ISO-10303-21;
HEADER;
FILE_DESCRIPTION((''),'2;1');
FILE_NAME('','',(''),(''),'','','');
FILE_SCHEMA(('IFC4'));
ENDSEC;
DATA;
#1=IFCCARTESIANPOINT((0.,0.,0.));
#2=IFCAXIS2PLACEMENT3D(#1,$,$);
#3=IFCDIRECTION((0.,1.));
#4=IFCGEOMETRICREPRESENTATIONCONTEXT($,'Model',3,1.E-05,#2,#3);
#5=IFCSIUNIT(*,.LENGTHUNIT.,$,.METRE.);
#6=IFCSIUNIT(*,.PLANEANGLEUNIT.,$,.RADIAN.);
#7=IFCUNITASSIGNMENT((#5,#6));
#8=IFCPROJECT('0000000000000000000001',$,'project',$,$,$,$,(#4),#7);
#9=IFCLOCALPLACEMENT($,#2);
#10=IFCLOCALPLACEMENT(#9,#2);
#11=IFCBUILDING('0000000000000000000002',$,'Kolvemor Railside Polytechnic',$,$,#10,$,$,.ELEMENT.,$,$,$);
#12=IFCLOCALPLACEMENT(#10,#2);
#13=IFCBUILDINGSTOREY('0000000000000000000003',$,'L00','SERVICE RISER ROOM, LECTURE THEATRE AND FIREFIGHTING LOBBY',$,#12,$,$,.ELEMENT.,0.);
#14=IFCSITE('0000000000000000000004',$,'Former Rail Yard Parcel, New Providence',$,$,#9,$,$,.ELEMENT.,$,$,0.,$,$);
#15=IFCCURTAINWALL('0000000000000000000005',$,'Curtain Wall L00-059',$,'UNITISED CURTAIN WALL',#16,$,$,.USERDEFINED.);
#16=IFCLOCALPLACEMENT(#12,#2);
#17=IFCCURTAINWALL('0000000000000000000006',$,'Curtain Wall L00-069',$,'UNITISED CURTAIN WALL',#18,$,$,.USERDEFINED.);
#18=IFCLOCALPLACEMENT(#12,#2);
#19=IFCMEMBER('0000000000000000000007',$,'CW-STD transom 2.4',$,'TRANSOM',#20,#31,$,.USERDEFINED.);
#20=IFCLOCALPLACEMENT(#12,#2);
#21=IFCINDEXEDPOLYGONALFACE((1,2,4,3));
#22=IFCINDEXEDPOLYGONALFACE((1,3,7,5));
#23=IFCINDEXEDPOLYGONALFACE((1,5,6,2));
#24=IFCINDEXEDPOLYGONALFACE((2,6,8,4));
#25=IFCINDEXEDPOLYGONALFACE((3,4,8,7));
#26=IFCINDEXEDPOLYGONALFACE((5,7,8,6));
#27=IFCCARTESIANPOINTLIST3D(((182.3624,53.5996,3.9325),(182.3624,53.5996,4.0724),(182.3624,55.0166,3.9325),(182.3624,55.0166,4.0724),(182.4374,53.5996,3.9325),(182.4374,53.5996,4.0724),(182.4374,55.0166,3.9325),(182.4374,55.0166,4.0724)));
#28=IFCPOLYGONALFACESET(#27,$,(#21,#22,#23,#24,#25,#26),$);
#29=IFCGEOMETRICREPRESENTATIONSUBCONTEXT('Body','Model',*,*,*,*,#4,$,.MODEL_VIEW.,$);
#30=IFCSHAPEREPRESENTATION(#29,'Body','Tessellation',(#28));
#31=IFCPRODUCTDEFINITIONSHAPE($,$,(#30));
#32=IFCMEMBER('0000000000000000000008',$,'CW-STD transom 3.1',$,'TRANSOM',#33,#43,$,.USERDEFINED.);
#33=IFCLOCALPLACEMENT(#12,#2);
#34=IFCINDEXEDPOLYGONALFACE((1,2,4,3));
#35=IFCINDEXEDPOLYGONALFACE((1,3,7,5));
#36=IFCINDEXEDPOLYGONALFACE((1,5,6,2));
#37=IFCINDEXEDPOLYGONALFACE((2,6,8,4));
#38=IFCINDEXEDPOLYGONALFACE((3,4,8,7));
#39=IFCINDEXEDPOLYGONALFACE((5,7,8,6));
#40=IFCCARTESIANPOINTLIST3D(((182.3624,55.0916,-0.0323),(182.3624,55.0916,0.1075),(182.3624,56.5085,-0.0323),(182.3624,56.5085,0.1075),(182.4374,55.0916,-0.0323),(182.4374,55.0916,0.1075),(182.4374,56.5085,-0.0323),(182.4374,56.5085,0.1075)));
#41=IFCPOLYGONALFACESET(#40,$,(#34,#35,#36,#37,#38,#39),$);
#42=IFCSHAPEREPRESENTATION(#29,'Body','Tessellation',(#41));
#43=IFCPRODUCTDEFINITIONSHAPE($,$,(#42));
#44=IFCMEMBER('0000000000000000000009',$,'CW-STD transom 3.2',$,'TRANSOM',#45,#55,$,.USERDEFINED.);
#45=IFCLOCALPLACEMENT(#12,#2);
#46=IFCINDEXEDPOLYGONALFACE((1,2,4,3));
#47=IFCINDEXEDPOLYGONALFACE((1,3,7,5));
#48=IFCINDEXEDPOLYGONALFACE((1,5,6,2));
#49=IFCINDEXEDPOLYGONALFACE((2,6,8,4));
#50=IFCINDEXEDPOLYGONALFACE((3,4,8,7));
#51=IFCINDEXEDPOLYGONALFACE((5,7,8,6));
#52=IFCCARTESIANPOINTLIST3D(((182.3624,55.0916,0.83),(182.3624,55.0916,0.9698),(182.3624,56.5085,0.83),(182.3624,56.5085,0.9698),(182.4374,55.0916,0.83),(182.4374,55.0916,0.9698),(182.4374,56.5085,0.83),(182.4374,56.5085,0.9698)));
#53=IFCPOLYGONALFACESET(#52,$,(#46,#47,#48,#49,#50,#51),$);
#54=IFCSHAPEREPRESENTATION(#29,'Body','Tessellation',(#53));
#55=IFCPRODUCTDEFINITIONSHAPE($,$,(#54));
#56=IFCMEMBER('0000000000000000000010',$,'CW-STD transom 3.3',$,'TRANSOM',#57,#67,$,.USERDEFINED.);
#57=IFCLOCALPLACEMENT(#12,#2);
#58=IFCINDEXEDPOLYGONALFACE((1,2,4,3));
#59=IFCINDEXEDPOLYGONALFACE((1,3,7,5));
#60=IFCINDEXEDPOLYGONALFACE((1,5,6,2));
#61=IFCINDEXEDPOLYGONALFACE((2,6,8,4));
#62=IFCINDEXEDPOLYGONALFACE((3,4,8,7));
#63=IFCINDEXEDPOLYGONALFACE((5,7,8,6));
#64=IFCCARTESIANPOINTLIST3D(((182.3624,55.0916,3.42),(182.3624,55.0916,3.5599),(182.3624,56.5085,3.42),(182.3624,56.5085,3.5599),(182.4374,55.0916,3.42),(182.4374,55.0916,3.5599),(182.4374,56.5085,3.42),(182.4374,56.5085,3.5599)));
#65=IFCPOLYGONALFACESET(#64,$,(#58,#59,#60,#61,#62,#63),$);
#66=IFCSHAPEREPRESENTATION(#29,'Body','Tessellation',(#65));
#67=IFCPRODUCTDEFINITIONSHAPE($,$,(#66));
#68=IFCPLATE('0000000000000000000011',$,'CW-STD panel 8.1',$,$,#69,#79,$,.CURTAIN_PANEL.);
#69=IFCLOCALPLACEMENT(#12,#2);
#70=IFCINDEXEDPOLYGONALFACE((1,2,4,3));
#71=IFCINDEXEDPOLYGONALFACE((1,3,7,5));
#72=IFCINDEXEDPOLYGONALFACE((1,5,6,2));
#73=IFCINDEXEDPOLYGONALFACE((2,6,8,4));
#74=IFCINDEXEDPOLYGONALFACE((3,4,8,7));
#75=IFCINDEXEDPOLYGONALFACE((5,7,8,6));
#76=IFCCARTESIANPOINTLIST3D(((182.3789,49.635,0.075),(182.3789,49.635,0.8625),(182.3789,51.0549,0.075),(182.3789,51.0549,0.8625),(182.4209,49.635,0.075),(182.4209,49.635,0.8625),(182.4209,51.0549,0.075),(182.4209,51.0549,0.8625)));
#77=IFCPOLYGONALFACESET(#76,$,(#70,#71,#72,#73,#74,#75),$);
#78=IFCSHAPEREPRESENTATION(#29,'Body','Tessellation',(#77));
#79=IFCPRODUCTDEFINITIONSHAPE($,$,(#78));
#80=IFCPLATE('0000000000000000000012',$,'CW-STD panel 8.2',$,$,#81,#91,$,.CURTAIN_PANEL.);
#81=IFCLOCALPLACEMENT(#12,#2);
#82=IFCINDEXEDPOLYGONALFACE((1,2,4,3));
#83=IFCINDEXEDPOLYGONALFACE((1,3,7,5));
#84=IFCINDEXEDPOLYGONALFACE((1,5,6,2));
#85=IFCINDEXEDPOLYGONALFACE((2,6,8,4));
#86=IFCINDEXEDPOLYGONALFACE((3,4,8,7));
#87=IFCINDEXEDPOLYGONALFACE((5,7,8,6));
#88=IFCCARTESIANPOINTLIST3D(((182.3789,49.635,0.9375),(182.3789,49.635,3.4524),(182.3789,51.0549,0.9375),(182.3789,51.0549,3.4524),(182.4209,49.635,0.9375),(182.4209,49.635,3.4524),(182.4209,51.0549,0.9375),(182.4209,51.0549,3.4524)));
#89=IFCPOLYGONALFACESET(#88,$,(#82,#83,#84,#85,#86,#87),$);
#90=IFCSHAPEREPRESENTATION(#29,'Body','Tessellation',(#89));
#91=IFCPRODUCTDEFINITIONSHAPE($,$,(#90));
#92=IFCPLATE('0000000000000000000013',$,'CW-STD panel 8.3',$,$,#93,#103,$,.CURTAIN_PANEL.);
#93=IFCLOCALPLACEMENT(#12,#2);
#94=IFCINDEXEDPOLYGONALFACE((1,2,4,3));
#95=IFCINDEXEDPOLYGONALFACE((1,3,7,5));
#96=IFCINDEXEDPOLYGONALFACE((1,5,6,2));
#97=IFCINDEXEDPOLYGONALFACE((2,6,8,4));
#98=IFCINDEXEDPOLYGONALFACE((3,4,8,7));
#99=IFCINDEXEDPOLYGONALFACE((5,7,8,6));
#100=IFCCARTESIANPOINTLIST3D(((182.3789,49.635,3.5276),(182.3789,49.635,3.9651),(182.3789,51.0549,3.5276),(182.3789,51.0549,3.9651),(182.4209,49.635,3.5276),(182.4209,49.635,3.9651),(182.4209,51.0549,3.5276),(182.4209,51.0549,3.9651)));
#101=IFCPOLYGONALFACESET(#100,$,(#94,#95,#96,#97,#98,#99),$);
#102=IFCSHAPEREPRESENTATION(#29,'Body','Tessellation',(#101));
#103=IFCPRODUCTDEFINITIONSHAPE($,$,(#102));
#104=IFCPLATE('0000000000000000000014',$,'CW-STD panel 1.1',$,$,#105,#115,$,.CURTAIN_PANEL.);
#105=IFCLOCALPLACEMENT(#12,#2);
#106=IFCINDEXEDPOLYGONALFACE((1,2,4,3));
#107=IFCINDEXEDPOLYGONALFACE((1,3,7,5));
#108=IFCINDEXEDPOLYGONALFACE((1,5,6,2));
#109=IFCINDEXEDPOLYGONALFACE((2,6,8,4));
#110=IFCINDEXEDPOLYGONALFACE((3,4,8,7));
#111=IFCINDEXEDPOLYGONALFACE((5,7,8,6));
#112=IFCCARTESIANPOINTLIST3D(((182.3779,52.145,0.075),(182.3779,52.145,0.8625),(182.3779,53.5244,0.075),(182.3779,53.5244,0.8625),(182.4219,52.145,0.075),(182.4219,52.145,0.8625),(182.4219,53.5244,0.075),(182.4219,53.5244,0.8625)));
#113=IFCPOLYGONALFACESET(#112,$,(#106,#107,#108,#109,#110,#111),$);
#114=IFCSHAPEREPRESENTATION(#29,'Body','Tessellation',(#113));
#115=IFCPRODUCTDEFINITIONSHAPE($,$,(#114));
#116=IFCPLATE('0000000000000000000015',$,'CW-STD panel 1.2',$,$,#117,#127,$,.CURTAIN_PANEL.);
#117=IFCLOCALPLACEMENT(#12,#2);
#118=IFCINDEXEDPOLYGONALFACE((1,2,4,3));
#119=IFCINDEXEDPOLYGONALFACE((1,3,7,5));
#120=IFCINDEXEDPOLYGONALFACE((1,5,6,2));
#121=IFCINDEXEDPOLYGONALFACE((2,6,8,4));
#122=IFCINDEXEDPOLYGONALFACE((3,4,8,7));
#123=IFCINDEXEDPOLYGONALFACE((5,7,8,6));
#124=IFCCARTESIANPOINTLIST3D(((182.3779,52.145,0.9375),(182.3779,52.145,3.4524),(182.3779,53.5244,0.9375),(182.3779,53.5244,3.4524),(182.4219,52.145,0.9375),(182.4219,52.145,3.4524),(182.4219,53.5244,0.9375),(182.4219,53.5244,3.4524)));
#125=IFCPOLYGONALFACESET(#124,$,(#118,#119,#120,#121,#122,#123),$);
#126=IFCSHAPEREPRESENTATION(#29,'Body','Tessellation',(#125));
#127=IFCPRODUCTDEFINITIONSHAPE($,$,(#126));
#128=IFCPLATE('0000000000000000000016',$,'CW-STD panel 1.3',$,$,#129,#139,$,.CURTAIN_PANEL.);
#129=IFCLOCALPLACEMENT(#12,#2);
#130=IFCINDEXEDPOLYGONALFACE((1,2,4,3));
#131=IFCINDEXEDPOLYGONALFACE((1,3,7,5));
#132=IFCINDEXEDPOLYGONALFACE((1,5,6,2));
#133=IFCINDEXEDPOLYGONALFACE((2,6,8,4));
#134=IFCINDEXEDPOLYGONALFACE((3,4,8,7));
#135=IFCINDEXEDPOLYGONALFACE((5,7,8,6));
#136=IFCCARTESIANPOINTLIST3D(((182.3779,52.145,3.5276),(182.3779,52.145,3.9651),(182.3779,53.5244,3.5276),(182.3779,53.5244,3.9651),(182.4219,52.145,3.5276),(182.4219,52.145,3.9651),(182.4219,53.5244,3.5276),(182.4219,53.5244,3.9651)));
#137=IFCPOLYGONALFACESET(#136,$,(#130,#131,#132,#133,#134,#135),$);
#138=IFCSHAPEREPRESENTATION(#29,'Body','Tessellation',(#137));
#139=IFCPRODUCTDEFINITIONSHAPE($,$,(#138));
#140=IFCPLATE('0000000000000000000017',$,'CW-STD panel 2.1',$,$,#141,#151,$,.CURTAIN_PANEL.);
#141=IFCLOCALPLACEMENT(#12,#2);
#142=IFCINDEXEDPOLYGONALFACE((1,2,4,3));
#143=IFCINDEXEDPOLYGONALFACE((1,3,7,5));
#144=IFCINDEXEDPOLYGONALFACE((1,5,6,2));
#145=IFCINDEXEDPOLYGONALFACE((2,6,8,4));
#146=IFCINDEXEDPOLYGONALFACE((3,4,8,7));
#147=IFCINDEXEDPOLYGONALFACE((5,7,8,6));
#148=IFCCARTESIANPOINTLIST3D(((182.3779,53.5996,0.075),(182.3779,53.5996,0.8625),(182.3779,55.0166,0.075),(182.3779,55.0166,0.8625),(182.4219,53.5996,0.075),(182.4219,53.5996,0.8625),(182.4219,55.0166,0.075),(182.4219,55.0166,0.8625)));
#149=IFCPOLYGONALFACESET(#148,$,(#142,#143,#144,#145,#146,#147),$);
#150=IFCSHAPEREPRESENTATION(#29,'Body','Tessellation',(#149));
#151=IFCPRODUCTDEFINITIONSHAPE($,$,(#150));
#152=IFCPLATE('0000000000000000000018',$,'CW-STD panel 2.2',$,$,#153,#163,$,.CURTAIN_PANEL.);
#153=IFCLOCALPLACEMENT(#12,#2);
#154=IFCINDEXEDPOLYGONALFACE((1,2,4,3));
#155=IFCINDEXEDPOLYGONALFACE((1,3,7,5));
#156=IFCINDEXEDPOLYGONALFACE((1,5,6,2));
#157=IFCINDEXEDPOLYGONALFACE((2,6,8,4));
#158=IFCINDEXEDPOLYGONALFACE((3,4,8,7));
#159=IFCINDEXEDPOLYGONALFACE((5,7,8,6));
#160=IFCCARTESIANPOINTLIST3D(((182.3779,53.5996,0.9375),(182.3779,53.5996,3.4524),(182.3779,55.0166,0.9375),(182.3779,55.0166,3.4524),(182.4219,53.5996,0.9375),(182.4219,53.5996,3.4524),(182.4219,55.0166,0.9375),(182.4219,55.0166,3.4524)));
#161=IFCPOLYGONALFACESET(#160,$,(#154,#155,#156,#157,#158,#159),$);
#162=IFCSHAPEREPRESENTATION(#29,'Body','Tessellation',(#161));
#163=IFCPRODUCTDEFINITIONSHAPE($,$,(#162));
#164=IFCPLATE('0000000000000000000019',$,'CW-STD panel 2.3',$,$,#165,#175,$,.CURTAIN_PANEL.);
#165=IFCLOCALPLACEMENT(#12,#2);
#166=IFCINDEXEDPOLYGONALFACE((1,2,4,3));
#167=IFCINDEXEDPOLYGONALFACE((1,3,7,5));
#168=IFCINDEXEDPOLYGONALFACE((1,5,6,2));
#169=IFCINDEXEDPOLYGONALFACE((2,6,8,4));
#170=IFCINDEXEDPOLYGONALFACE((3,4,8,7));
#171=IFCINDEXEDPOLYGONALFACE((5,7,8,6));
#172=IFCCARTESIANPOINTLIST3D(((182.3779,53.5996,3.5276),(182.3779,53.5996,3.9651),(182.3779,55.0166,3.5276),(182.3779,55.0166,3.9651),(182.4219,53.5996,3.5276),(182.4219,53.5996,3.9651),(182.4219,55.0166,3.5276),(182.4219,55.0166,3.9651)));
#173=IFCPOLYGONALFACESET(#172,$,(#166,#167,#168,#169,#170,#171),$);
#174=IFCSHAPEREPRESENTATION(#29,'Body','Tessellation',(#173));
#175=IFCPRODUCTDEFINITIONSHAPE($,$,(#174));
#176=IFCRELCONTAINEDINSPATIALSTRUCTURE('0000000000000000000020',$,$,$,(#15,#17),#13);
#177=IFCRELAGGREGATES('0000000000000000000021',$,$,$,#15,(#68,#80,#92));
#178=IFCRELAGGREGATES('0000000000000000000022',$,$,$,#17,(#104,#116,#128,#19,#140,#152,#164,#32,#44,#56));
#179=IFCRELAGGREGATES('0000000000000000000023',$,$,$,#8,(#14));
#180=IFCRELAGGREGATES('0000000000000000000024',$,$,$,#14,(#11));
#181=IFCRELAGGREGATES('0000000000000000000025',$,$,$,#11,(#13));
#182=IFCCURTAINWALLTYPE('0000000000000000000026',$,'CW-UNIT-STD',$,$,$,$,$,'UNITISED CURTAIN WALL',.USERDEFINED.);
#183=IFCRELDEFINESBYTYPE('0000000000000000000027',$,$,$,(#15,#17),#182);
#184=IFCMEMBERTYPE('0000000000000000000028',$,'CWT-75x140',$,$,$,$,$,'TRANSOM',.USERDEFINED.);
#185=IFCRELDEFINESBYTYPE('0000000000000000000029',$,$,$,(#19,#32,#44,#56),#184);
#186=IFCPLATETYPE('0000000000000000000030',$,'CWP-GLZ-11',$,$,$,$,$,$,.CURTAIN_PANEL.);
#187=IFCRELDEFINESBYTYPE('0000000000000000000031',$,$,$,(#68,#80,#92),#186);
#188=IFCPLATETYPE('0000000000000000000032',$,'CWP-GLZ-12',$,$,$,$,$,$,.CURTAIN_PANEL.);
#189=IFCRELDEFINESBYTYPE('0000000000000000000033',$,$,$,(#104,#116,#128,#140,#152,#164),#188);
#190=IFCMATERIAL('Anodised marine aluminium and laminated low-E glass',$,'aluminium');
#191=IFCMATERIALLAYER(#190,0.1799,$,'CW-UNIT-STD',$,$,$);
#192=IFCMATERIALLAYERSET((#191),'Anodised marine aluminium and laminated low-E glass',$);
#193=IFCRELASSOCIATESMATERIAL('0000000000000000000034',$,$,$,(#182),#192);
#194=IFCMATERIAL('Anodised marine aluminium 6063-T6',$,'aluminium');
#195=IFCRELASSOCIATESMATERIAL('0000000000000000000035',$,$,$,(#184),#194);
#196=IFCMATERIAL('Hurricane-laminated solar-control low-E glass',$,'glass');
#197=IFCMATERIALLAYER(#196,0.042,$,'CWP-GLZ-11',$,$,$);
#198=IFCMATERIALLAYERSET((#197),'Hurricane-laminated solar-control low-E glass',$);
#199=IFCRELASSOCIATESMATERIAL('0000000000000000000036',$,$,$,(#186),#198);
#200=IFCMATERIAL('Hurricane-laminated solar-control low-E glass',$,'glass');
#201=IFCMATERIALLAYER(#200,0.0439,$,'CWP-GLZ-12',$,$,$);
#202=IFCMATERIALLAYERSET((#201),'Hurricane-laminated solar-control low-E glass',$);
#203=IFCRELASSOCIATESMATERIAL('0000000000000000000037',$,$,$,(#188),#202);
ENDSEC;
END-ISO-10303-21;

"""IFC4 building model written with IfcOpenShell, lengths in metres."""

from ifc_helpers import new_model, si_unit, direction, frame, origin, origin_2d, place, context, subcontext, project, spatial, rectangle, extrude, material, layer, layer_set, material_profile, profile_set, type_object, element, aggregate, save


model = new_model("IFC4")

# Units and contexts
model_context = context("Model", 3, precision=1e-05, world=origin(), true_north=direction((0.0, 1.0)))
body_context = subcontext(model_context, "Body", "Model", "MODEL_VIEW")
ifc_project = project(units=[si_unit("LENGTHUNIT", "METRE"), si_unit("PLANEANGLEUNIT", "RADIAN")], contexts=[model_context])

# Site, building, storey
site_placement = place(None, origin())
site = spatial("IfcSite", under=ifc_project, at=site_placement, Name="Former Rail Yard Parcel, New Providence", CompositionType="ELEMENT", RefElevation=0.0)
building_placement = place(site_placement, origin())
building = spatial("IfcBuilding", under=site, at=building_placement, Name="Kolvemor Railside Polytechnic", CompositionType="ELEMENT")
storey_placement = place(building_placement, origin())
storey = spatial("IfcBuildingStorey", under=building, at=storey_placement, Name="L00", Description="SERVICE RISER ROOM, LECTURE THEATRE AND FIREFIGHTING LOBBY", CompositionType="ELEMENT", Elevation=0.0)

# Curtain wall
ifc_material_1 = material(Name="Anodised marine aluminium and laminated low-E glass", Category="aluminium")
ifc_layer_1 = layer(ifc_material_1, 0.1799, Name="CW-UNIT-STD")
ifc_layer_set_1 = layer_set([ifc_layer_1], Name="Anodised marine aluminium and laminated low-E glass")
curtain_wall_type = type_object("IfcCurtainWallType", Name="CW-UNIT-STD", ElementType="UNITISED CURTAIN WALL", PredefinedType="USERDEFINED", material=ifc_layer_set_1)
curtain_wall_1_placement = place(storey_placement, origin())
curtain_wall_1 = element("IfcCurtainWall", 1, at=curtain_wall_1_placement, inside=storey, type_object=curtain_wall_type, Name="Curtain Wall L00-059", ObjectType="UNITISED CURTAIN WALL", PredefinedType="USERDEFINED")

# Curtain wall
curtain_wall_2_placement = place(storey_placement, origin())
curtain_wall_2 = element("IfcCurtainWall", 2, at=curtain_wall_2_placement, inside=storey, type_object=curtain_wall_type, Name="Curtain Wall L00-069", ObjectType="UNITISED CURTAIN WALL", PredefinedType="USERDEFINED")

# Members
ifc_material_2 = material(Name="Anodised marine aluminium 6063-T6", Category="aluminium")
ifc_material_profile_1 = material_profile(ifc_material_2, rectangle(XDim=0.075, YDim=0.1399, at=origin_2d()), Name="CW-TRN-75x140")
ifc_profile_set_1 = profile_set([ifc_material_profile_1], Name="Anodised marine aluminium 6063-T6")
member_type_1 = type_object("IfcMemberType", Name="CWT-75x140", ElementType="TRANSOM", PredefinedType="USERDEFINED", material=ifc_profile_set_1)
member_1_placement = place(storey_placement, frame((182.3999, 53.5996, 4.0024), z_axis=(0.0, 1.0, 0.0), x_axis=(-1.0, 0.0, 0.0)))
member_1 = element("IfcMember", 3, at=member_1_placement, type_object=member_type_1, Name="CW-STD transom 2.4", ObjectType="TRANSOM", PredefinedType="USERDEFINED", context=body_context, shape_type="SweptSolid", body=[
    extrude(rectangle(XDim=0.075, YDim=0.1399, at=origin_2d()), origin(), (0.0, 0.0, 1.0), 1.417),
])
member_2_placement = place(storey_placement, frame((182.3999, 55.0916, 0.0376), z_axis=(0.0, 1.0, 0.0), x_axis=(-1.0, 0.0, 0.0)))
member_2 = element("IfcMember", 4, at=member_2_placement, type_object=member_type_1, Name="CW-STD transom 3.1", ObjectType="TRANSOM", PredefinedType="USERDEFINED", context=body_context, shape_type="SweptSolid", body=[
    extrude(rectangle(XDim=0.075, YDim=0.1399, at=origin_2d()), origin(), (0.0, 0.0, 1.0), 1.417),
])
member_3_placement = place(storey_placement, frame((182.3999, 55.0916, 0.8999), z_axis=(0.0, 1.0, 0.0), x_axis=(-1.0, 0.0, 0.0)))
member_3 = element("IfcMember", 5, at=member_3_placement, type_object=member_type_1, Name="CW-STD transom 3.2", ObjectType="TRANSOM", PredefinedType="USERDEFINED", context=body_context, shape_type="SweptSolid", body=[
    extrude(rectangle(XDim=0.075, YDim=0.1399, at=origin_2d()), origin(), (0.0, 0.0, 1.0), 1.417),
])
member_4_placement = place(storey_placement, frame((182.3999, 55.0916, 3.49), z_axis=(0.0, 1.0, 0.0), x_axis=(-1.0, 0.0, 0.0)))
member_4 = element("IfcMember", 6, at=member_4_placement, type_object=member_type_1, Name="CW-STD transom 3.3", ObjectType="TRANSOM", PredefinedType="USERDEFINED", context=body_context, shape_type="SweptSolid", body=[
    extrude(rectangle(XDim=0.075, YDim=0.1399, at=origin_2d()), origin(), (0.0, 0.0, 1.0), 1.417),
])

# Plates
ifc_material_3 = material(Name="Hurricane-laminated solar-control low-E glass", Category="glass")
ifc_layer_2 = layer(ifc_material_3, 0.042, Name="CWP-GLZ-11")
ifc_layer_set_2 = layer_set([ifc_layer_2], Name="Hurricane-laminated solar-control low-E glass")
plate_type_1 = type_object("IfcPlateType", Name="CWP-GLZ-11", PredefinedType="CURTAIN_PANEL", material=ifc_layer_set_2)
plate_1_placement = place(storey_placement, frame((182.3999, 50.345, 0.075), z_axis=(0.0, 0.0, 1.0), x_axis=(0.0, 1.0, 0.0)))
plate_1 = element("IfcPlate", 7, at=plate_1_placement, type_object=plate_type_1, Name="CW-STD panel 8.1", PredefinedType="CURTAIN_PANEL", context=body_context, shape_type="SweptSolid", body=[
    extrude(rectangle(XDim=1.4199, YDim=0.042, at=origin_2d()), origin(), (0.0, 0.0, 1.0), 0.7876),
])
plate_2_placement = place(storey_placement, frame((182.3999, 50.345, 0.9375), z_axis=(0.0, 0.0, 1.0), x_axis=(0.0, 1.0, 0.0)))
plate_2 = element("IfcPlate", 8, at=plate_2_placement, type_object=plate_type_1, Name="CW-STD panel 8.2", PredefinedType="CURTAIN_PANEL", context=body_context, shape_type="SweptSolid", body=[
    extrude(rectangle(XDim=1.4199, YDim=0.042, at=origin_2d()), origin(), (0.0, 0.0, 1.0), 2.5149),
])
plate_3_placement = place(storey_placement, frame((182.3999, 50.345, 3.5276), z_axis=(0.0, 0.0, 1.0), x_axis=(0.0, 1.0, 0.0)))
plate_3 = element("IfcPlate", 9, at=plate_3_placement, type_object=plate_type_1, Name="CW-STD panel 8.3", PredefinedType="CURTAIN_PANEL", context=body_context, shape_type="SweptSolid", body=[
    extrude(rectangle(XDim=1.4199, YDim=0.042, at=origin_2d()), origin(), (0.0, 0.0, 1.0), 0.4375),
])
aggregate(curtain_wall_1, [plate_1, plate_2, plate_3])
ifc_material_4 = material(Name="Hurricane-laminated solar-control low-E glass", Category="glass")
ifc_layer_3 = layer(ifc_material_4, 0.0439, Name="CWP-GLZ-12")
ifc_layer_set_3 = layer_set([ifc_layer_3], Name="Hurricane-laminated solar-control low-E glass")
plate_type_2 = type_object("IfcPlateType", Name="CWP-GLZ-12", PredefinedType="CURTAIN_PANEL", material=ifc_layer_set_3)
plate_4_placement = place(storey_placement, frame((182.3999, 52.8347, 0.075), z_axis=(0.0, 0.0, 1.0), x_axis=(0.0, 1.0, 0.0)))
plate_4 = element("IfcPlate", 10, at=plate_4_placement, type_object=plate_type_2, Name="CW-STD panel 1.1", PredefinedType="CURTAIN_PANEL", context=body_context, shape_type="SweptSolid", body=[
    extrude(rectangle(XDim=1.3794, YDim=0.0439, at=origin_2d()), origin(), (0.0, 0.0, 1.0), 0.7876),
])
plate_5_placement = place(storey_placement, frame((182.3999, 52.8347, 0.9375), z_axis=(0.0, 0.0, 1.0), x_axis=(0.0, 1.0, 0.0)))
plate_5 = element("IfcPlate", 11, at=plate_5_placement, type_object=plate_type_2, Name="CW-STD panel 1.2", PredefinedType="CURTAIN_PANEL", context=body_context, shape_type="SweptSolid", body=[
    extrude(rectangle(XDim=1.3794, YDim=0.0439, at=origin_2d()), origin(), (0.0, 0.0, 1.0), 2.5149),
])
plate_6_placement = place(storey_placement, frame((182.3999, 52.8347, 3.5276), z_axis=(0.0, 0.0, 1.0), x_axis=(0.0, 1.0, 0.0)))
plate_6 = element("IfcPlate", 12, at=plate_6_placement, type_object=plate_type_2, Name="CW-STD panel 1.3", PredefinedType="CURTAIN_PANEL", context=body_context, shape_type="SweptSolid", body=[
    extrude(rectangle(XDim=1.3794, YDim=0.0439, at=origin_2d()), origin(), (0.0, 0.0, 1.0), 0.4375),
])
plate_7_placement = place(storey_placement, frame((182.3999, 54.3081, 0.075), z_axis=(0.0, 0.0, 1.0), x_axis=(0.0, 1.0, 0.0)))
plate_7 = element("IfcPlate", 13, at=plate_7_placement, type_object=plate_type_2, Name="CW-STD panel 2.1", PredefinedType="CURTAIN_PANEL", context=body_context, shape_type="SweptSolid", body=[
    extrude(rectangle(XDim=1.417, YDim=0.0439, at=origin_2d()), origin(), (0.0, 0.0, 1.0), 0.7876),
])
plate_8_placement = place(storey_placement, frame((182.3999, 54.3081, 0.9375), z_axis=(0.0, 0.0, 1.0), x_axis=(0.0, 1.0, 0.0)))
plate_8 = element("IfcPlate", 14, at=plate_8_placement, type_object=plate_type_2, Name="CW-STD panel 2.2", PredefinedType="CURTAIN_PANEL", context=body_context, shape_type="SweptSolid", body=[
    extrude(rectangle(XDim=1.417, YDim=0.0439, at=origin_2d()), origin(), (0.0, 0.0, 1.0), 2.5149),
])
plate_9_placement = place(storey_placement, frame((182.3999, 54.3081, 3.5276), z_axis=(0.0, 0.0, 1.0), x_axis=(0.0, 1.0, 0.0)))
plate_9 = element("IfcPlate", 15, at=plate_9_placement, type_object=plate_type_2, Name="CW-STD panel 2.3", PredefinedType="CURTAIN_PANEL", context=body_context, shape_type="SweptSolid", body=[
    extrude(rectangle(XDim=1.417, YDim=0.0439, at=origin_2d()), origin(), (0.0, 0.0, 1.0), 0.4375),
])
aggregate(curtain_wall_2, [plate_4, plate_5, plate_6, member_1, plate_7, plate_8, plate_9, member_2, member_3, member_4])

save(model, "model.ifc")
